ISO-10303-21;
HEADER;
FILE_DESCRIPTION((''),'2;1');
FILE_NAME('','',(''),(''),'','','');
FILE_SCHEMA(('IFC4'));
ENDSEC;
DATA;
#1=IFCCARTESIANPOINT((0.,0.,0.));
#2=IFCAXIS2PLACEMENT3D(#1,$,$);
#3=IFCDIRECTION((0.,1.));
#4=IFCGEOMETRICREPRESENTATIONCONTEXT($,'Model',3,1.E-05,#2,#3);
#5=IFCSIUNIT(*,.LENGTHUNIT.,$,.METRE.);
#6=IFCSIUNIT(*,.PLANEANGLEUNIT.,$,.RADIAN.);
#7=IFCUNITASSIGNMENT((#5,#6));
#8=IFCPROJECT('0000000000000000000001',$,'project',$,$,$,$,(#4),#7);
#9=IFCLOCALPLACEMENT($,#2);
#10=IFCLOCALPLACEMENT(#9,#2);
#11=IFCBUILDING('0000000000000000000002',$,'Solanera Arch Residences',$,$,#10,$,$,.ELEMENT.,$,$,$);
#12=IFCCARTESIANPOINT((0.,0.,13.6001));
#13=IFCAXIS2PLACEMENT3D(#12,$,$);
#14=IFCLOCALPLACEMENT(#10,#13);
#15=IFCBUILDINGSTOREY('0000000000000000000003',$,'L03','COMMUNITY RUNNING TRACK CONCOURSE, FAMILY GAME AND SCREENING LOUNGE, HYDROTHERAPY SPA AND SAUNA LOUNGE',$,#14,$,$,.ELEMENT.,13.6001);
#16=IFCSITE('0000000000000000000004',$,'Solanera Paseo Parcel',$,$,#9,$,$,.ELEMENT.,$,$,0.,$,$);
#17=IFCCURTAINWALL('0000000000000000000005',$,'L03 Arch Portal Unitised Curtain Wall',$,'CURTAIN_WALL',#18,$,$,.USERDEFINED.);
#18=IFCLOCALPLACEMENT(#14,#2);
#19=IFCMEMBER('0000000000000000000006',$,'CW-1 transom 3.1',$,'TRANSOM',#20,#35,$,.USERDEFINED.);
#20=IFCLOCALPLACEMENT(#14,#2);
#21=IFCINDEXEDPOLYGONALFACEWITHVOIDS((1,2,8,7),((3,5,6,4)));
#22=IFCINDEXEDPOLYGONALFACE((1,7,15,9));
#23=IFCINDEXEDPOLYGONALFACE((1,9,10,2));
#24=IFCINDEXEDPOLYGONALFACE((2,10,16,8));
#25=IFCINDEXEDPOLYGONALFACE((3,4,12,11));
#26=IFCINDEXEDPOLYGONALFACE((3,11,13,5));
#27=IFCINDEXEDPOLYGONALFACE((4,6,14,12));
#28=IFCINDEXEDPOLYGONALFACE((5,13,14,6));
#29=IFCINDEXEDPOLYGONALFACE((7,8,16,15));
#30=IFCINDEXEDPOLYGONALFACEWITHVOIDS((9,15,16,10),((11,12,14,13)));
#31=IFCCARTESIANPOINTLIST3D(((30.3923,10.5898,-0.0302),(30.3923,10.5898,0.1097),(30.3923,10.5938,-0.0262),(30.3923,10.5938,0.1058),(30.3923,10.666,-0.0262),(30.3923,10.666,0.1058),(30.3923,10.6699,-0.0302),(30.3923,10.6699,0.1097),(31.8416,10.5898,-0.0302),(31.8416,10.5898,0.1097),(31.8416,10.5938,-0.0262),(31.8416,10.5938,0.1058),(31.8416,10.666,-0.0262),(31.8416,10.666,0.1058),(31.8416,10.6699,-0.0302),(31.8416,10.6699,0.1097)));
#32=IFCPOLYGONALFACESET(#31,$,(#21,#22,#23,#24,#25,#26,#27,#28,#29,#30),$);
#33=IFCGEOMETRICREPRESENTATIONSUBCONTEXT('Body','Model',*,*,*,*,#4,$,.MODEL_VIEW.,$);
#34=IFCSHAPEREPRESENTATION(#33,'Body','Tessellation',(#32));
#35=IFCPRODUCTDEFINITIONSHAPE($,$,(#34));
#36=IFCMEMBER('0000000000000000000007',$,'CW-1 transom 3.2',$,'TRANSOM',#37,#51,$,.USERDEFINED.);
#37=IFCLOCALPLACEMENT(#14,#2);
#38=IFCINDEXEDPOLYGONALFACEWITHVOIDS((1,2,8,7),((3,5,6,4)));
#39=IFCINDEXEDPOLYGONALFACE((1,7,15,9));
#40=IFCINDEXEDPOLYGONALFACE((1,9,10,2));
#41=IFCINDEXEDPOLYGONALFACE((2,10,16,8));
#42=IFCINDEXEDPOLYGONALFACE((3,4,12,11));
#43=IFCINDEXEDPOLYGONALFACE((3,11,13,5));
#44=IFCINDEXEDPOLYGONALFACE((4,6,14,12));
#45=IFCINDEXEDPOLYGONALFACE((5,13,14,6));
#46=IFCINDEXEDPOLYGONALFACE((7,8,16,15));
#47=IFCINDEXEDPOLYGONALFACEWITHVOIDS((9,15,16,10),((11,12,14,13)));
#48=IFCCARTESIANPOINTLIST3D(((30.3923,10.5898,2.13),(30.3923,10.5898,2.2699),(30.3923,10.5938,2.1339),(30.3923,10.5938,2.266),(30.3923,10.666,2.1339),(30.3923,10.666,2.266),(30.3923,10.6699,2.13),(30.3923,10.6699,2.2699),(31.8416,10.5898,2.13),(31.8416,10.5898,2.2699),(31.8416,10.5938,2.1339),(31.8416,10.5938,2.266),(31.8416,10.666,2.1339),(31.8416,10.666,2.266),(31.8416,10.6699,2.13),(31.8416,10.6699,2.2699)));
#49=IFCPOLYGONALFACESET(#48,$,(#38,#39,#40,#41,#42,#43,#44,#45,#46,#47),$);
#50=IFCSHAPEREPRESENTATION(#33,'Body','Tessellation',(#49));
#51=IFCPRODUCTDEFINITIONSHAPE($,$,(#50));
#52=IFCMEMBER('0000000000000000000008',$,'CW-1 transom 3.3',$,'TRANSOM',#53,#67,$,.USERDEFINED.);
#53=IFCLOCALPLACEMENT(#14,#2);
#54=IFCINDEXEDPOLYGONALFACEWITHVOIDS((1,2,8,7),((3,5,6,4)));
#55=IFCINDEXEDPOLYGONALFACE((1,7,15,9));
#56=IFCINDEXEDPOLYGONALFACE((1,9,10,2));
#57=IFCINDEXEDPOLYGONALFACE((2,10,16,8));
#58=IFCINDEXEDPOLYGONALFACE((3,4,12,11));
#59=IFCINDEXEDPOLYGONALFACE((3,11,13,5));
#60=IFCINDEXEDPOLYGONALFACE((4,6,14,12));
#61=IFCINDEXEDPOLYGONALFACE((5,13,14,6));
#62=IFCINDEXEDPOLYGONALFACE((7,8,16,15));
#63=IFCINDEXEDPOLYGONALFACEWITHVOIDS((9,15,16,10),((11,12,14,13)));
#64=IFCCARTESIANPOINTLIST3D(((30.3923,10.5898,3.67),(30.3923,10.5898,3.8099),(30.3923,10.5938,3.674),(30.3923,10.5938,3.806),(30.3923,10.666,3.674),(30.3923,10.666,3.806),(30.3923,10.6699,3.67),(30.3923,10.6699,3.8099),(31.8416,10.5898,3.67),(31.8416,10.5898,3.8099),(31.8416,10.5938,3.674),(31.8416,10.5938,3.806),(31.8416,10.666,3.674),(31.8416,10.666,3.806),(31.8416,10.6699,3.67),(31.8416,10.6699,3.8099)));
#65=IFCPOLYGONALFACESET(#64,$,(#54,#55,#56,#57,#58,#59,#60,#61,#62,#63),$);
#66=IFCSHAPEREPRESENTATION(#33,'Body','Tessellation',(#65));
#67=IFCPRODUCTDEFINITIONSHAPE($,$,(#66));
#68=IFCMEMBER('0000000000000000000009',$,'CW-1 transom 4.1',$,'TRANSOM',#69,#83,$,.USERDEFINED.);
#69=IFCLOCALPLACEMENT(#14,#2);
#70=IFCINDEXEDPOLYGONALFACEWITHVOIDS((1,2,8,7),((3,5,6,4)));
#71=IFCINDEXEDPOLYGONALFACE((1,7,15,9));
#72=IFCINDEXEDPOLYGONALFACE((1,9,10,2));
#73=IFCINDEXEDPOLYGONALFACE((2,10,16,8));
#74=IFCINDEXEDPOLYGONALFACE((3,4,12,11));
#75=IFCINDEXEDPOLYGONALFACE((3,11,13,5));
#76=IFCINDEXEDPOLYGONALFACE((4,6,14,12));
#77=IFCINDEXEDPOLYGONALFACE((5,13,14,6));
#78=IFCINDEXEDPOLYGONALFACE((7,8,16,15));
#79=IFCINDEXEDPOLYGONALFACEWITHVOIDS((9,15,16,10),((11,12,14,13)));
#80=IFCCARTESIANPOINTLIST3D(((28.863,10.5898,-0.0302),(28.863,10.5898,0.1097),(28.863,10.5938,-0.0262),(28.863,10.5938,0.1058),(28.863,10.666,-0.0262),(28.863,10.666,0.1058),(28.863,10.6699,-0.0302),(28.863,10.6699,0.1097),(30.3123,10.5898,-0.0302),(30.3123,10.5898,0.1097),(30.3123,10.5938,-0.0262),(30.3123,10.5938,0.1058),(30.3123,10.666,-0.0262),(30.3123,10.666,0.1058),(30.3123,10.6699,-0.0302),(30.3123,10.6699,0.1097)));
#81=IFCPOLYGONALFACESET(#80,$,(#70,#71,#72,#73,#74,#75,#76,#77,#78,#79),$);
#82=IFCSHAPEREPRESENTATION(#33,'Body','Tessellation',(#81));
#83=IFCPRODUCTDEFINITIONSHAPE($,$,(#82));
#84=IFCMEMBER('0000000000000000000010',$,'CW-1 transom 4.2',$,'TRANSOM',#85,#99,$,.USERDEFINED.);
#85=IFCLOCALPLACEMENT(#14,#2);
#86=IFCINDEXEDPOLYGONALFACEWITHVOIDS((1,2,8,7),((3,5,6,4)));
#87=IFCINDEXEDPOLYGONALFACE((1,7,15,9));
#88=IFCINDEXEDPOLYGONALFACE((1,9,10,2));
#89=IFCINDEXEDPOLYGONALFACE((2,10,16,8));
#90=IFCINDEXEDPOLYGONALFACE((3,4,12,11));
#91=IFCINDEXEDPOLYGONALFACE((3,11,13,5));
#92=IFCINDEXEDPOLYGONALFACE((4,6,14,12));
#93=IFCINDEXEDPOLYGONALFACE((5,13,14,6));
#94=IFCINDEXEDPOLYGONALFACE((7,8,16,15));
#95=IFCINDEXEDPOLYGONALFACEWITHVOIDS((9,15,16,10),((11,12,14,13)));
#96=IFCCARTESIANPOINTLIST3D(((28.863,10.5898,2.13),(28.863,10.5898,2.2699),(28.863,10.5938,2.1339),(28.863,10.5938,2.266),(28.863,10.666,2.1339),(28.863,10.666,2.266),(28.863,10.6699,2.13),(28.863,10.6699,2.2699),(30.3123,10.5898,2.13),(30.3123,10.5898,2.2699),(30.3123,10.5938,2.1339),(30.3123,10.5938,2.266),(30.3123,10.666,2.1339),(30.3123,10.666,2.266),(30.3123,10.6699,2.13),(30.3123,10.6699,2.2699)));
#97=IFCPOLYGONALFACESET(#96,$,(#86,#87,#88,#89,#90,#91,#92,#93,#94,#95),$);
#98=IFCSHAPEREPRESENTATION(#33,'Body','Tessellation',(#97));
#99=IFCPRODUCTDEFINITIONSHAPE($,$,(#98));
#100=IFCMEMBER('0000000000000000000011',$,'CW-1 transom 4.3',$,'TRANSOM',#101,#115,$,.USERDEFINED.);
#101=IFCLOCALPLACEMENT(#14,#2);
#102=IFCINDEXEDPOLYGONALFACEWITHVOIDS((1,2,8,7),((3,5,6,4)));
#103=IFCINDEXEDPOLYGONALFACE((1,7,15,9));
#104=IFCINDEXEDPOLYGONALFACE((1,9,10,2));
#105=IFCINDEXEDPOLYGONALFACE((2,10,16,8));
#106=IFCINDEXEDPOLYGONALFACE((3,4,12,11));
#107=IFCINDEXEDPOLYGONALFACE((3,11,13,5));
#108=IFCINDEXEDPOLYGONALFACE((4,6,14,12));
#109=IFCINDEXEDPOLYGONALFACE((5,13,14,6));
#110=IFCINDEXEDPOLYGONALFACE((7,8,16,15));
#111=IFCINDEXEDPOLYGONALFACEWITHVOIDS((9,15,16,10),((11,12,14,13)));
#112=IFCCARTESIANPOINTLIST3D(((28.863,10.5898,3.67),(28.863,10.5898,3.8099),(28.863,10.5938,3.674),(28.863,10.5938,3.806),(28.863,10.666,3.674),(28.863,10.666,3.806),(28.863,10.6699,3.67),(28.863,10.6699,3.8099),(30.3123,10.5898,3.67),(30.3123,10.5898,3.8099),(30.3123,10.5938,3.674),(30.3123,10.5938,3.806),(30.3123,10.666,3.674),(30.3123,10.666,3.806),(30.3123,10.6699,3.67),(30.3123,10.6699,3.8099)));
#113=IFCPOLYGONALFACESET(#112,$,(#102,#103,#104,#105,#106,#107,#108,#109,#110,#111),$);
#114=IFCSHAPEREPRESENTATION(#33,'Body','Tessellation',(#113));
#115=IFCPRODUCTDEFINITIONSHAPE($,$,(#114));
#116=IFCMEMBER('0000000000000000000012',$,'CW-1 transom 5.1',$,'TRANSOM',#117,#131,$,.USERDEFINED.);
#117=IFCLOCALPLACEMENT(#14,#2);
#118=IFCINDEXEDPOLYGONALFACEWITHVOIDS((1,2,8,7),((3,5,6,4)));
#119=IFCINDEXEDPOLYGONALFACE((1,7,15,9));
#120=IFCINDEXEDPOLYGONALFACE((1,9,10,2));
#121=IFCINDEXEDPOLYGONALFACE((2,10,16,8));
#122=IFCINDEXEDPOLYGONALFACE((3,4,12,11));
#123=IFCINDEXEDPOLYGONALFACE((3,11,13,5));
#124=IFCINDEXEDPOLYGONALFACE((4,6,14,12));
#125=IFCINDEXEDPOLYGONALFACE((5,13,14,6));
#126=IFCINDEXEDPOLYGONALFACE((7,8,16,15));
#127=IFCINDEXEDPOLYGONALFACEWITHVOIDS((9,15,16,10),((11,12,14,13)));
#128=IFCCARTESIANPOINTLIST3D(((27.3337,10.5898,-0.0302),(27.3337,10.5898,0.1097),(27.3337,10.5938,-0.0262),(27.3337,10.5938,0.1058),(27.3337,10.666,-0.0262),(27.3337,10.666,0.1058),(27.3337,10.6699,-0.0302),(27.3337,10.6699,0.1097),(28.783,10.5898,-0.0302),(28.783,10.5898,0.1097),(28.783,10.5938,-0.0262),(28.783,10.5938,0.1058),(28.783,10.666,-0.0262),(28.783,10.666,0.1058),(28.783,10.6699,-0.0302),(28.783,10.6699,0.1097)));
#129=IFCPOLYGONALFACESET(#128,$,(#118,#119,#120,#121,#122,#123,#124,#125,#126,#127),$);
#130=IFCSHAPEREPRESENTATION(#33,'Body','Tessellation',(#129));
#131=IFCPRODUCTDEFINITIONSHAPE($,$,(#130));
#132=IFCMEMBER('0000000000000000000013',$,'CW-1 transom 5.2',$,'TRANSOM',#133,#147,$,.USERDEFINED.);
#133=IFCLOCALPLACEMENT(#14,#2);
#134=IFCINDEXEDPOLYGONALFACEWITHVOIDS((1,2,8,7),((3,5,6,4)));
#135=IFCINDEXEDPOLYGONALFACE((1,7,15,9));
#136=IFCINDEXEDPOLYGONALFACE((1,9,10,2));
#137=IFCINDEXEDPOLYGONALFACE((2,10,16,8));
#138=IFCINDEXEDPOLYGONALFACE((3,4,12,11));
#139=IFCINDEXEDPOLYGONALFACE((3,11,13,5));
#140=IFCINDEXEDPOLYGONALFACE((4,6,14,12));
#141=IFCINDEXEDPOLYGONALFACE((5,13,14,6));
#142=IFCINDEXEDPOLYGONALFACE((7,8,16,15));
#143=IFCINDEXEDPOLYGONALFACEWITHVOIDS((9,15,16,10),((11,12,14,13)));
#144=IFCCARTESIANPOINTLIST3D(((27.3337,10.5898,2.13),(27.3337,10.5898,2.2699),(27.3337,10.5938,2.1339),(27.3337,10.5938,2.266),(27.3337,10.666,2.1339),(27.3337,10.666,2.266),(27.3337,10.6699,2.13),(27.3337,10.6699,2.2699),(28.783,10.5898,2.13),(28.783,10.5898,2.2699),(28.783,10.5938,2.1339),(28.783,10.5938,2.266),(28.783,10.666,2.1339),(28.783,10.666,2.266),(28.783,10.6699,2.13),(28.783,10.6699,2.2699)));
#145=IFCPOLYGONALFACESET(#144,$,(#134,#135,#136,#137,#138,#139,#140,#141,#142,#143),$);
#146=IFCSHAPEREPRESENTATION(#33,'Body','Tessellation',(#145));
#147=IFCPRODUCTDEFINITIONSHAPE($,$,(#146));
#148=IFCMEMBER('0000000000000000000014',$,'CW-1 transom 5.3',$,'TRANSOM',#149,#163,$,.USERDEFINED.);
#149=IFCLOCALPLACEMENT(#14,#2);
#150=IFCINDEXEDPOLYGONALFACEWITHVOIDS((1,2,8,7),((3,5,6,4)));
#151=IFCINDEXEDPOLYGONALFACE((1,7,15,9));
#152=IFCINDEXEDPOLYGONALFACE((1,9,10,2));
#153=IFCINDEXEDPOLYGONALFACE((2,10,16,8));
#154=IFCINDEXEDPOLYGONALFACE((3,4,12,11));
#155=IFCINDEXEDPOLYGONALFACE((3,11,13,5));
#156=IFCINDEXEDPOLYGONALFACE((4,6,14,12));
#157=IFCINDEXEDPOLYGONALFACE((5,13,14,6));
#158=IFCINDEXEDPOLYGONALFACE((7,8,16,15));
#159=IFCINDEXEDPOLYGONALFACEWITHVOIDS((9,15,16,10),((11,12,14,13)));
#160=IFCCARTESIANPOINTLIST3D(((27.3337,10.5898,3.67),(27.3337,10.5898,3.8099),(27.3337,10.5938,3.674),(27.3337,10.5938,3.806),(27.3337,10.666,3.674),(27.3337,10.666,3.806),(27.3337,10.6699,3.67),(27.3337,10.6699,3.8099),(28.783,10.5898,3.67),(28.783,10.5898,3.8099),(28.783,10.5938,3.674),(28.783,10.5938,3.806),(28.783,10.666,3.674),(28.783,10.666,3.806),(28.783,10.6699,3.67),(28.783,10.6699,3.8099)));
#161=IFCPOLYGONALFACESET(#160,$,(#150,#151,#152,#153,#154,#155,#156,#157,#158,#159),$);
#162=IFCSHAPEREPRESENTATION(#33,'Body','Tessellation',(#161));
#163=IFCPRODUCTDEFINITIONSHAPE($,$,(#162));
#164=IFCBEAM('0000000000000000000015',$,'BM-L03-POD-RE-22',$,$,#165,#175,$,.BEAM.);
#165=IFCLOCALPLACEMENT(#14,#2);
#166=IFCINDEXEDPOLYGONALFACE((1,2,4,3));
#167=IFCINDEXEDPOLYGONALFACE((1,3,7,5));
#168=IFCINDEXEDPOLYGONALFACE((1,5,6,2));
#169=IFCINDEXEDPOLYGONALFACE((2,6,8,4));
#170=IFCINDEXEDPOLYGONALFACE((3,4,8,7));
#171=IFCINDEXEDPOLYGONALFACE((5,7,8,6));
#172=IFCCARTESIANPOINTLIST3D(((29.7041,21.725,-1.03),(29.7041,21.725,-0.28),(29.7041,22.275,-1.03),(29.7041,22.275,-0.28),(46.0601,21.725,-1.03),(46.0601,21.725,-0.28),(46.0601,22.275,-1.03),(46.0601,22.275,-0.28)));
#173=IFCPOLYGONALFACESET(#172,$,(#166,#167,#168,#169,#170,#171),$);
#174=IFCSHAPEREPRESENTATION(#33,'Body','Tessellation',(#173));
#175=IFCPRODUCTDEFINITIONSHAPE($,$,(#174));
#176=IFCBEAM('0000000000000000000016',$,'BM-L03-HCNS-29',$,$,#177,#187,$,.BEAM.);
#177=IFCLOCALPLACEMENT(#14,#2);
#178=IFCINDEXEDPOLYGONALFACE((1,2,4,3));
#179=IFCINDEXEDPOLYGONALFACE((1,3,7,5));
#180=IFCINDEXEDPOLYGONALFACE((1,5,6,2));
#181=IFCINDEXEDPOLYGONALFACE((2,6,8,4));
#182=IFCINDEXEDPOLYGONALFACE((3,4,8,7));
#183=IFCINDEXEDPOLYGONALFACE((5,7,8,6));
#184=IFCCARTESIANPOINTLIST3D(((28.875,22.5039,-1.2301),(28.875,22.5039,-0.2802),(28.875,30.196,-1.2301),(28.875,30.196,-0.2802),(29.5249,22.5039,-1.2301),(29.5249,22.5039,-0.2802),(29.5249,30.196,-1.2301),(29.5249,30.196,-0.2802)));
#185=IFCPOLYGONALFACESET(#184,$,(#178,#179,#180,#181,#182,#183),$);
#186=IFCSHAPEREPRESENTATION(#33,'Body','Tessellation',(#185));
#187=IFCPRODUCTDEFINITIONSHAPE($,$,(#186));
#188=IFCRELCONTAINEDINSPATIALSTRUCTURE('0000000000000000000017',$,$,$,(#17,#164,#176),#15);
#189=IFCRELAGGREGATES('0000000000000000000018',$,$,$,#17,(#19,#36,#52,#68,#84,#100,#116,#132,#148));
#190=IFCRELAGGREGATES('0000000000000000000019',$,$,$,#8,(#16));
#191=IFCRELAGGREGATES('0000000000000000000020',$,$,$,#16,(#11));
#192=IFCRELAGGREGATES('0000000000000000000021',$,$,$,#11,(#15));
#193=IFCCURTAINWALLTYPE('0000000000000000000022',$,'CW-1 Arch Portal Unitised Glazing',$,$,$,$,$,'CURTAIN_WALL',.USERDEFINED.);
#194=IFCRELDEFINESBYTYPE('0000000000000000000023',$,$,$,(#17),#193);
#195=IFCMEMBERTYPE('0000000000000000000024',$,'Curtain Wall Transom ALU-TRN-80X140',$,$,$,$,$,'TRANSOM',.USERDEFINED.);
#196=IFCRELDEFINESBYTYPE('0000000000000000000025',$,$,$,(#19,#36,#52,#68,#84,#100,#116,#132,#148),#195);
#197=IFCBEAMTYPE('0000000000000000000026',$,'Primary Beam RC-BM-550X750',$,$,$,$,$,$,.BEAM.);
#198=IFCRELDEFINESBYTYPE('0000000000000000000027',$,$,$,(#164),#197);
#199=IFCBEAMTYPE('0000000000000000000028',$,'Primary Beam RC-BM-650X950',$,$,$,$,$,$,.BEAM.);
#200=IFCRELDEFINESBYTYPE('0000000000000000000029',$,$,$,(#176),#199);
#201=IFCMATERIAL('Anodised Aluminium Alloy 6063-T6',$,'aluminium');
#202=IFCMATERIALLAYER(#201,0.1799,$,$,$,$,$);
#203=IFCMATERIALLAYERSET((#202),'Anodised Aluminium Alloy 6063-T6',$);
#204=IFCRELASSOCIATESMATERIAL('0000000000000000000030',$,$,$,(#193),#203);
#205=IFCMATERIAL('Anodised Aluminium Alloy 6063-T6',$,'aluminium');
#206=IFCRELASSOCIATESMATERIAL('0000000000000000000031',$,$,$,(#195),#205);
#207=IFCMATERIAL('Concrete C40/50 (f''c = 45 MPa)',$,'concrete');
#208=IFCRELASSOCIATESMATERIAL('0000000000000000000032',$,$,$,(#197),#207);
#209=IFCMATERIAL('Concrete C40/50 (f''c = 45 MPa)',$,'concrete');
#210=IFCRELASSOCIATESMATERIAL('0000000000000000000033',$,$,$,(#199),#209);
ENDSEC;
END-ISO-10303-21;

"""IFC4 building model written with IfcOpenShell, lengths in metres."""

from ifc_helpers import new_model, si_unit, direction, frame, origin, origin_2d, place, context, subcontext, project, spatial, rectangle, hollow_rectangle, extrude, material, layer, layer_set, material_profile, profile_set, type_object, element, aggregate, save


model = new_model("IFC4")

# Units and contexts
model_context = context("Model", 3, precision=1e-05, world=origin(), true_north=direction((0.0, 1.0)))
body_context = subcontext(model_context, "Body", "Model", "MODEL_VIEW")
ifc_project = project(units=[si_unit("LENGTHUNIT", "METRE"), si_unit("PLANEANGLEUNIT", "RADIAN")], contexts=[model_context])

# Site, building, storey
site_placement = place(None, origin())
site = spatial("IfcSite", under=ifc_project, at=site_placement, Name="Solanera Paseo Parcel", CompositionType="ELEMENT", RefElevation=0.0)
building_placement = place(site_placement, origin())
building = spatial("IfcBuilding", under=site, at=building_placement, Name="Solanera Arch Residences", CompositionType="ELEMENT")
storey_placement = place(building_placement, frame((0.0, 0.0, 13.6001)))
storey = spatial("IfcBuildingStorey", under=building, at=storey_placement, Name="L03", Description="COMMUNITY RUNNING TRACK CONCOURSE, FAMILY GAME AND SCREENING LOUNGE, HYDROTHERAPY SPA AND SAUNA LOUNGE", CompositionType="ELEMENT", Elevation=13.6001)

# Curtain wall, members
ifc_material_1 = material(Name="Anodised Aluminium Alloy 6063-T6", Category="aluminium")
ifc_layer_1 = layer(ifc_material_1, 0.1799)
ifc_layer_set_1 = layer_set([ifc_layer_1], Name="Anodised Aluminium Alloy 6063-T6")
curtain_wall_type = type_object("IfcCurtainWallType", Name="CW-1 Arch Portal Unitised Glazing", ElementType="CURTAIN_WALL", PredefinedType="USERDEFINED", material=ifc_layer_set_1)
curtain_wall_placement = place(storey_placement, origin())
curtain_wall = element("IfcCurtainWall", 1, at=curtain_wall_placement, inside=storey, type_object=curtain_wall_type, Name="L03 Arch Portal Unitised Curtain Wall", ObjectType="CURTAIN_WALL", PredefinedType="USERDEFINED")
ifc_material_2 = material(Name="Anodised Aluminium Alloy 6063-T6", Category="aluminium")
ifc_material_profile_1 = material_profile(ifc_material_2, hollow_rectangle(XDim=0.0801, YDim=0.1399, WallThickness=0.0039, at=origin_2d()))
ifc_profile_set_1 = profile_set([ifc_material_profile_1], Name="Anodised Aluminium Alloy 6063-T6")
member_type_1 = type_object("IfcMemberType", Name="Curtain Wall Transom ALU-TRN-80X140", ElementType="TRANSOM", PredefinedType="USERDEFINED", material=ifc_profile_set_1)
member_1_placement = place(storey_placement, frame((31.8416, 10.6299, 0.0398), z_axis=(-1.0, 0.0, 0.0), x_axis=(0.0, -1.0, 0.0)))
member_1 = element("IfcMember", 2, at=member_1_placement, type_object=member_type_1, Name="CW-1 transom 3.1", ObjectType="TRANSOM", PredefinedType="USERDEFINED", context=body_context, shape_type="SweptSolid", body=[
    extrude(hollow_rectangle(XDim=0.0801, YDim=0.1399, WallThickness=0.0039, at=origin_2d()), origin(), (0.0, 0.0, 1.0), 1.4492),
])
member_2_placement = place(storey_placement, frame((31.8416, 10.6299, 2.2), z_axis=(-1.0, 0.0, 0.0), x_axis=(0.0, -1.0, 0.0)))
member_2 = element("IfcMember", 3, at=member_2_placement, type_object=member_type_1, Name="CW-1 transom 3.2", ObjectType="TRANSOM", PredefinedType="USERDEFINED", context=body_context, shape_type="SweptSolid", body=[
    extrude(hollow_rectangle(XDim=0.0801, YDim=0.1399, WallThickness=0.0039, at=origin_2d()), origin(), (0.0, 0.0, 1.0), 1.4492),
])
member_3_placement = place(storey_placement, frame((31.8416, 10.6299, 3.74), z_axis=(-1.0, 0.0, 0.0), x_axis=(0.0, -1.0, 0.0)))
member_3 = element("IfcMember", 4, at=member_3_placement, type_object=member_type_1, Name="CW-1 transom 3.3", ObjectType="TRANSOM", PredefinedType="USERDEFINED", context=body_context, shape_type="SweptSolid", body=[
    extrude(hollow_rectangle(XDim=0.0801, YDim=0.1399, WallThickness=0.0039, at=origin_2d()), origin(), (0.0, 0.0, 1.0), 1.4492),
])
member_4_placement = place(storey_placement, frame((30.3123, 10.6299, 0.0398), z_axis=(-1.0, 0.0, 0.0), x_axis=(0.0, -1.0, 0.0)))
member_4 = element("IfcMember", 5, at=member_4_placement, type_object=member_type_1, Name="CW-1 transom 4.1", ObjectType="TRANSOM", PredefinedType="USERDEFINED", context=body_context, shape_type="SweptSolid", body=[
    extrude(hollow_rectangle(XDim=0.0801, YDim=0.1399, WallThickness=0.0039, at=origin_2d()), origin(), (0.0, 0.0, 1.0), 1.4492),
])
member_5_placement = place(storey_placement, frame((30.3123, 10.6299, 2.2), z_axis=(-1.0, 0.0, 0.0), x_axis=(0.0, -1.0, 0.0)))
member_5 = element("IfcMember", 6, at=member_5_placement, type_object=member_type_1, Name="CW-1 transom 4.2", ObjectType="TRANSOM", PredefinedType="USERDEFINED", context=body_context, shape_type="SweptSolid", body=[
    extrude(hollow_rectangle(XDim=0.0801, YDim=0.1399, WallThickness=0.0039, at=origin_2d()), origin(), (0.0, 0.0, 1.0), 1.4492),
])
member_6_placement = place(storey_placement, frame((30.3123, 10.6299, 3.74), z_axis=(-1.0, 0.0, 0.0), x_axis=(0.0, -1.0, 0.0)))
member_6 = element("IfcMember", 7, at=member_6_placement, type_object=member_type_1, Name="CW-1 transom 4.3", ObjectType="TRANSOM", PredefinedType="USERDEFINED", context=body_context, shape_type="SweptSolid", body=[
    extrude(hollow_rectangle(XDim=0.0801, YDim=0.1399, WallThickness=0.0039, at=origin_2d()), origin(), (0.0, 0.0, 1.0), 1.4492),
])
member_7_placement = place(storey_placement, frame((28.783, 10.6299, 0.0398), z_axis=(-1.0, 0.0, 0.0), x_axis=(0.0, -1.0, 0.0)))
member_7 = element("IfcMember", 8, at=member_7_placement, type_object=member_type_1, Name="CW-1 transom 5.1", ObjectType="TRANSOM", PredefinedType="USERDEFINED", context=body_context, shape_type="SweptSolid", body=[
    extrude(hollow_rectangle(XDim=0.0801, YDim=0.1399, WallThickness=0.0039, at=origin_2d()), origin(), (0.0, 0.0, 1.0), 1.4492),
])
member_8_placement = place(storey_placement, frame((28.783, 10.6299, 2.2), z_axis=(-1.0, 0.0, 0.0), x_axis=(0.0, -1.0, 0.0)))
member_8 = element("IfcMember", 9, at=member_8_placement, type_object=member_type_1, Name="CW-1 transom 5.2", ObjectType="TRANSOM", PredefinedType="USERDEFINED", context=body_context, shape_type="SweptSolid", body=[
    extrude(hollow_rectangle(XDim=0.0801, YDim=0.1399, WallThickness=0.0039, at=origin_2d()), origin(), (0.0, 0.0, 1.0), 1.4492),
])
member_9_placement = place(storey_placement, frame((28.783, 10.6299, 3.74), z_axis=(-1.0, 0.0, 0.0), x_axis=(0.0, -1.0, 0.0)))
member_9 = element("IfcMember", 10, at=member_9_placement, type_object=member_type_1, Name="CW-1 transom 5.3", ObjectType="TRANSOM", PredefinedType="USERDEFINED", context=body_context, shape_type="SweptSolid", body=[
    extrude(hollow_rectangle(XDim=0.0801, YDim=0.1399, WallThickness=0.0039, at=origin_2d()), origin(), (0.0, 0.0, 1.0), 1.4492),
])

# Beams
ifc_material_3 = material(Name="Concrete C40/50 (f'c = 45 MPa)", Category="concrete")
ifc_material_profile_2 = material_profile(ifc_material_3, rectangle(XDim=0.55, YDim=0.75, at=origin_2d()))
ifc_profile_set_2 = profile_set([ifc_material_profile_2], Name="Concrete C40/50 (f'c = 45 MPa)")
beam_type_1 = type_object("IfcBeamType", Name="Primary Beam RC-BM-550X750", PredefinedType="BEAM", material=ifc_profile_set_2)
beam_1_placement = place(storey_placement, frame((29.7041, 22.0, -0.655), z_axis=(1.0, 0.0, 0.0), x_axis=(0.0, 1.0, 0.0)))
element("IfcBeam", 11, at=beam_1_placement, inside=storey, type_object=beam_type_1, Name="BM-L03-POD-RE-22", PredefinedType="BEAM", context=body_context, shape_type="SweptSolid", body=[
    extrude(rectangle(XDim=0.55, YDim=0.75, at=origin_2d()), origin(), (0.0, 0.0, 1.0), 16.356),
])
ifc_material_4 = material(Name="Concrete C40/50 (f'c = 45 MPa)", Category="concrete")
ifc_material_profile_3 = material_profile(ifc_material_4, rectangle(XDim=0.6499, YDim=0.95, at=origin_2d()))
ifc_profile_set_3 = profile_set([ifc_material_profile_3], Name="Concrete C40/50 (f'c = 45 MPa)")
beam_type_2 = type_object("IfcBeamType", Name="Primary Beam RC-BM-650X950", PredefinedType="BEAM", material=ifc_profile_set_3)
beam_2_placement = place(storey_placement, frame((29.2, 22.5039, -0.7551), z_axis=(0.0, 1.0, 0.0), x_axis=(-1.0, 0.0, 0.0)))
element("IfcBeam", 12, at=beam_2_placement, inside=storey, type_object=beam_type_2, Name="BM-L03-HCNS-29", PredefinedType="BEAM", context=body_context, shape_type="SweptSolid", body=[
    extrude(rectangle(XDim=0.6499, YDim=0.95, at=origin_2d()), origin(), (0.0, 0.0, 1.0), 7.6921),
])

aggregate(curtain_wall, [member_1, member_2, member_3, member_4, member_5, member_6, member_7, member_8, member_9])

save(model, "model.ifc")
